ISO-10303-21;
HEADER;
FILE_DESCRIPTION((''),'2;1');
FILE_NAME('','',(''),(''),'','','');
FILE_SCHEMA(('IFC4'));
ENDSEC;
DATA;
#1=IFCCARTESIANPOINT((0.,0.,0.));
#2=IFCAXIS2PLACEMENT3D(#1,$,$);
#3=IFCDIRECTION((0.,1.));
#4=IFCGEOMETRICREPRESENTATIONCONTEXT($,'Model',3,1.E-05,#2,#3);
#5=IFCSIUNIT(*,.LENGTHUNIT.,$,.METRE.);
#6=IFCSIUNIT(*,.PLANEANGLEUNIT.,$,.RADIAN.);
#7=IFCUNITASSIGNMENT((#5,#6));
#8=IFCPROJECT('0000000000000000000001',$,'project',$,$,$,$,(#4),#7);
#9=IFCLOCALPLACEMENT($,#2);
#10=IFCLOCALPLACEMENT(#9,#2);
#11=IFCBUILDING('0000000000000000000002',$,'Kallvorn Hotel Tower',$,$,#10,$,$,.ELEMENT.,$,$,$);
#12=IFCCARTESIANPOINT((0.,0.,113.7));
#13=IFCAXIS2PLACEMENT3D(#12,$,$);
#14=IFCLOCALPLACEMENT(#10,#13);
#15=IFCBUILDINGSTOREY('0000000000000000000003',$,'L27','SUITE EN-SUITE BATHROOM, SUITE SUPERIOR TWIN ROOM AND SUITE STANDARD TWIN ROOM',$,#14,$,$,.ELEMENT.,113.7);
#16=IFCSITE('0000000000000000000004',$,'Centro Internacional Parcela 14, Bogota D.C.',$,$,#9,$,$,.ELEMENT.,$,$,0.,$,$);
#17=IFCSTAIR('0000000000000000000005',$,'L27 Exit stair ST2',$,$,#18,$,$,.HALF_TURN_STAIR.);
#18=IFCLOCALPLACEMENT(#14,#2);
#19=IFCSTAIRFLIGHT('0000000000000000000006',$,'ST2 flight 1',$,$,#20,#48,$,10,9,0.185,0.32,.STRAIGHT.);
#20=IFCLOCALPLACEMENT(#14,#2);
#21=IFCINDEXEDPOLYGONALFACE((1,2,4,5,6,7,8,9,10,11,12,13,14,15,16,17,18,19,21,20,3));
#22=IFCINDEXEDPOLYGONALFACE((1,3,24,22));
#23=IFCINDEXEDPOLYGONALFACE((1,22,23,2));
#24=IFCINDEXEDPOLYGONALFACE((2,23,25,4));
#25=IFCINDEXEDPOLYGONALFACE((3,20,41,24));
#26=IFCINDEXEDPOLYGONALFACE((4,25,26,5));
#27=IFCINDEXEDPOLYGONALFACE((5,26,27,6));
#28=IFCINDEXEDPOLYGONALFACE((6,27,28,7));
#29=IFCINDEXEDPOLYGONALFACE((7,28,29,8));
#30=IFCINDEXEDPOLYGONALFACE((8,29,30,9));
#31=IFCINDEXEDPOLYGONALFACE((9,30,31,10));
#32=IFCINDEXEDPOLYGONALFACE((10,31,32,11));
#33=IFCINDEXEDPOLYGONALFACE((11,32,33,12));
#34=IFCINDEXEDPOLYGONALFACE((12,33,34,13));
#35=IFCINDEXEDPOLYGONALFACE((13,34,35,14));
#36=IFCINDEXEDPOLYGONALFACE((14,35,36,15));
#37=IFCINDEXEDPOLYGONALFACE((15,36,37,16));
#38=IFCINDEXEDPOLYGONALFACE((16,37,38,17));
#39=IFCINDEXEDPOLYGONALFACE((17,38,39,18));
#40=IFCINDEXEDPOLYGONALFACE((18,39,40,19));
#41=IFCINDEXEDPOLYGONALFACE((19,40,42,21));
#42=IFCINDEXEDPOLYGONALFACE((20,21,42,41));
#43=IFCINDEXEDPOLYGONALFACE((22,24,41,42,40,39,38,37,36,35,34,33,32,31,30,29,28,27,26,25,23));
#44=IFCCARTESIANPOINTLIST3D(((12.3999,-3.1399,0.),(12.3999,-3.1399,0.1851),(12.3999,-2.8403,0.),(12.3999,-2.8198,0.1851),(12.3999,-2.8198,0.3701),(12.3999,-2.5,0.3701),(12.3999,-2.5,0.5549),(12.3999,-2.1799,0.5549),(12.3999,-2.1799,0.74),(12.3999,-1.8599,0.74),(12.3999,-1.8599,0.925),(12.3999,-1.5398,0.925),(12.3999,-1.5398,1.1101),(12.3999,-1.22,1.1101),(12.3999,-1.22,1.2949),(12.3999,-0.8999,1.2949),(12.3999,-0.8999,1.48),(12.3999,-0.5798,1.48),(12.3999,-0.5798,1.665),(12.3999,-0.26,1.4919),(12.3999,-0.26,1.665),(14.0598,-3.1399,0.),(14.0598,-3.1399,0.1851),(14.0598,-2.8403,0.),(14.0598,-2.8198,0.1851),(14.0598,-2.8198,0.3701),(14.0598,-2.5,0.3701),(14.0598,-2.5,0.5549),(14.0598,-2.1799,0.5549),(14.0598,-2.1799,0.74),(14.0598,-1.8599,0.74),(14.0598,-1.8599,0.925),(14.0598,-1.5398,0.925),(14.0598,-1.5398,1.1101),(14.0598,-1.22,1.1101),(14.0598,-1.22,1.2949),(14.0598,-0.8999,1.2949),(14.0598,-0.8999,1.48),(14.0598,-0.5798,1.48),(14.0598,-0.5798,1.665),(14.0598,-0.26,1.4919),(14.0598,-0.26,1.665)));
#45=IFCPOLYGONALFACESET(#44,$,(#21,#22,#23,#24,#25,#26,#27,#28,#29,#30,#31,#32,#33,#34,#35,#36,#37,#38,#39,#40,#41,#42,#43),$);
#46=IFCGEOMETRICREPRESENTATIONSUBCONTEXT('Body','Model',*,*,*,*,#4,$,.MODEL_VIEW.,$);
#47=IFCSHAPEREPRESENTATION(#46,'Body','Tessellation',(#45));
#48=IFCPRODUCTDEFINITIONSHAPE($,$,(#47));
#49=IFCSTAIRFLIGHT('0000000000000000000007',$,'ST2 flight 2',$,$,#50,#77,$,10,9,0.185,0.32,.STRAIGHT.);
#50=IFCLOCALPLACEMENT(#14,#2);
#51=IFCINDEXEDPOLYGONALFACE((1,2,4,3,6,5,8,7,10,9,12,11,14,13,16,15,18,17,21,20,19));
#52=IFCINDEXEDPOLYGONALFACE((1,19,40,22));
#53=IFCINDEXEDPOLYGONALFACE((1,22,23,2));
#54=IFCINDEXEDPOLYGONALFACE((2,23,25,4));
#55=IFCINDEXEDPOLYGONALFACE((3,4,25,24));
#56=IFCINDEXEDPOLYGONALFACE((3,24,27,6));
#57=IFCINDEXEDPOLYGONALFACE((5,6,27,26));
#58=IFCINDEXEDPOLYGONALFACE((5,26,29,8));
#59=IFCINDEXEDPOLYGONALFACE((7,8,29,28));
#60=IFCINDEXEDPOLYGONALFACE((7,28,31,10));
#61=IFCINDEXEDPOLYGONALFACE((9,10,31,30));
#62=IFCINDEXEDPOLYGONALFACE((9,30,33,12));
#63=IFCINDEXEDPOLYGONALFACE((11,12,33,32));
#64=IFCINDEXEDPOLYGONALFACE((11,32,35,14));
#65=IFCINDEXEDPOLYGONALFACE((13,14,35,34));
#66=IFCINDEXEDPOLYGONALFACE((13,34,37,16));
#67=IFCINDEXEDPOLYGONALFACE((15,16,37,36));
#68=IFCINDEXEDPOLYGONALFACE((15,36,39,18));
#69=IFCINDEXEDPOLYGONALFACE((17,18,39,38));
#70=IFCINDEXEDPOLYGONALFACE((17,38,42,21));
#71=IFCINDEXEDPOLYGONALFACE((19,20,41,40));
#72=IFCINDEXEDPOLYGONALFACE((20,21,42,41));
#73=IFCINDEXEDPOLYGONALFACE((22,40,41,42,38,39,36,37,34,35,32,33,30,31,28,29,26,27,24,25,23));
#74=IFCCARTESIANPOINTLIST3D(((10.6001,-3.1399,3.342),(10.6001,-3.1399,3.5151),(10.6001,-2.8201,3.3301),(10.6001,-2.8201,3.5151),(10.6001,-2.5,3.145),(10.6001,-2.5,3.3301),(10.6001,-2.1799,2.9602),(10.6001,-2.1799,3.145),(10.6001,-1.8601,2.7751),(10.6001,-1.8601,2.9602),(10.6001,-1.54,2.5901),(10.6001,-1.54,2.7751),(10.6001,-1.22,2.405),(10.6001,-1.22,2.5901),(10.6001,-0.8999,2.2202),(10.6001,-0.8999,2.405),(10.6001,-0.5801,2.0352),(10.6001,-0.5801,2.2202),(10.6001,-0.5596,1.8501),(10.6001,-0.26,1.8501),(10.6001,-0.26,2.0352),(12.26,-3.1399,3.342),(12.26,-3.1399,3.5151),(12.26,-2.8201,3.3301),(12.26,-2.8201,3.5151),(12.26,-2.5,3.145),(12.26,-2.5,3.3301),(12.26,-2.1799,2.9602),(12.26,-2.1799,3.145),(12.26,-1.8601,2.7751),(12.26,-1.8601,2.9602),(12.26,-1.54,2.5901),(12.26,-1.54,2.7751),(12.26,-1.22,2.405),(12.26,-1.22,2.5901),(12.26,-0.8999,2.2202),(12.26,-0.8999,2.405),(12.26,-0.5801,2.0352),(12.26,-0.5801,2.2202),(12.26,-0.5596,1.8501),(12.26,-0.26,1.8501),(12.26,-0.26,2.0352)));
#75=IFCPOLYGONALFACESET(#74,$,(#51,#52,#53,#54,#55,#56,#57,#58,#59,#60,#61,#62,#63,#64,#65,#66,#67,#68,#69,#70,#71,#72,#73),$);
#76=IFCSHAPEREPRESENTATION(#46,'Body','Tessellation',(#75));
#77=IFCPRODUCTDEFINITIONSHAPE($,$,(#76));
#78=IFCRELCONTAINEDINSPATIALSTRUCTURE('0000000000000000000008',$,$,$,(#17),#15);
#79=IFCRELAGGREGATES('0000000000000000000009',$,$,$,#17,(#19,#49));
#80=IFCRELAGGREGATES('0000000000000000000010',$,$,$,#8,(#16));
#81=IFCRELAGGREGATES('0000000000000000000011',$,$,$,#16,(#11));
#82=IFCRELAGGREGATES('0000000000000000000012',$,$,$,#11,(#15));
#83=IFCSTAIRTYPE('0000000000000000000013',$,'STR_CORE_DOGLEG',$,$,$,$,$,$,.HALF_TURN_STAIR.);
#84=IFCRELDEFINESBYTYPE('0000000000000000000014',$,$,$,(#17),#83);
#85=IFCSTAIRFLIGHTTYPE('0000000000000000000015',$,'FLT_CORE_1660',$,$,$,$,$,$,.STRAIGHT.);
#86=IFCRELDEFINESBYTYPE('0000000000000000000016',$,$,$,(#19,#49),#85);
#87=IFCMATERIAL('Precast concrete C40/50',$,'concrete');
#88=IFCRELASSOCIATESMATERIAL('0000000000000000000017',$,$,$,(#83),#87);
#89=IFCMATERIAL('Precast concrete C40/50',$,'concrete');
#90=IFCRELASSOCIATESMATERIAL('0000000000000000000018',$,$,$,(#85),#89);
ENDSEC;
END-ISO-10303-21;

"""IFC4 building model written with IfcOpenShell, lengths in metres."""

from ifc_helpers import new_model, si_unit, direction, frame, origin, place, context, subcontext, project, spatial, polyline, outline, extrude, material, type_object, element, aggregate, save


model = new_model("IFC4")

# Units and contexts
model_context = context("Model", 3, precision=1e-05, world=origin(), true_north=direction((0.0, 1.0)))
body_context = subcontext(model_context, "Body", "Model", "MODEL_VIEW")
ifc_project = project(units=[si_unit("LENGTHUNIT", "METRE"), si_unit("PLANEANGLEUNIT", "RADIAN")], contexts=[model_context])

# Site, building, storey
site_placement = place(None, origin())
site = spatial("IfcSite", under=ifc_project, at=site_placement, Name="Centro Internacional Parcela 14, Bogota D.C.", CompositionType="ELEMENT", RefElevation=0.0)
building_placement = place(site_placement, origin())
building = spatial("IfcBuilding", under=site, at=building_placement, Name="Kallvorn Hotel Tower", CompositionType="ELEMENT")
storey_placement = place(building_placement, frame((0.0, 0.0, 113.7)))
storey = spatial("IfcBuildingStorey", under=building, at=storey_placement, Name="L27", Description="SUITE EN-SUITE BATHROOM, SUITE SUPERIOR TWIN ROOM AND SUITE STANDARD TWIN ROOM", CompositionType="ELEMENT", Elevation=113.7)

# Stair, stair flights
ifc_material_1 = material(Name="Precast concrete C40/50", Category="concrete")
stair_type = type_object("IfcStairType", Name="STR_CORE_DOGLEG", PredefinedType="HALF_TURN_STAIR", material=ifc_material_1)
stair_placement = place(storey_placement, origin())
stair = element("IfcStair", 1, at=stair_placement, inside=storey, type_object=stair_type, Name="L27 Exit stair ST2", PredefinedType="HALF_TURN_STAIR")
ifc_material_2 = material(Name="Precast concrete C40/50", Category="concrete")
stair_flight_type = type_object("IfcStairFlightType", Name="FLT_CORE_1660", PredefinedType="STRAIGHT", material=ifc_material_2)
stair_flight_1_placement = place(storey_placement, frame((13.23, -3.1399, 0.0), z_axis=(0.0, 0.0, 1.0), x_axis=(0.0, 1.0, 0.0)))
stair_flight_1 = element("IfcStairFlight", 2, at=stair_flight_1_placement, type_object=stair_flight_type, Name="ST2 flight 1", NumberOfRisers=10, NumberOfTreads=9, PredefinedType="STRAIGHT", RiserHeight=0.185, TreadLength=0.32, context=body_context, shape_type="SweptSolid", body=[
    extrude(outline(polyline([(0.0, 0.0), (0.0, 0.1851), (0.3201, 0.1851), (0.3201, 0.3701), (0.6399, 0.3701), (0.6399, 0.5549), (0.96, 0.5549), (0.96, 0.74), (1.28, 0.74), (1.28, 0.925), (1.6001, 0.925), (1.6001, 1.1101), (1.9199, 1.1101), (1.9199, 1.2949), (2.24, 1.2949), (2.24, 1.48), (2.5601, 1.48), (2.5601, 1.665), (2.8799, 1.665), (2.8799, 1.8501), (2.8799, 1.4919), (0.2996, 0.0), (0.0, 0.0)])), frame((0.0, 0.8301, 0.0), z_axis=(0.0, -1.0, 0.0), x_axis=(1.0, 0.0, 0.0)), (0.0, 0.0, 1.0), 1.6599),
])
stair_flight_2_placement = place(storey_placement, frame((11.4299, -0.26, 1.8501), z_axis=(0.0, 0.0, 1.0), x_axis=(0.0, -1.0, 0.0)))
stair_flight_2 = element("IfcStairFlight", 3, at=stair_flight_2_placement, type_object=stair_flight_type, Name="ST2 flight 2", NumberOfRisers=10, NumberOfTreads=9, PredefinedType="STRAIGHT", RiserHeight=0.185, TreadLength=0.32, context=body_context, shape_type="SweptSolid", body=[
    extrude(outline(polyline([(0.0, 0.0), (0.0, 0.1851), (0.3201, 0.1851), (0.3201, 0.3701), (0.6399, 0.3701), (0.6399, 0.5549), (0.96, 0.5549), (0.96, 0.74), (1.28, 0.74), (1.28, 0.925), (1.6001, 0.925), (1.6001, 1.1101), (1.9199, 1.1101), (1.9199, 1.2949), (2.24, 1.2949), (2.24, 1.48), (2.5601, 1.48), (2.5601, 1.665), (2.8799, 1.665), (2.8799, 1.8501), (2.8799, 1.4919), (0.2996, 0.0), (0.0, 0.0)])), frame((0.0, 0.8301, 0.0), z_axis=(0.0, -1.0, 0.0), x_axis=(1.0, 0.0, 0.0)), (0.0, 0.0, 1.0), 1.6599),
])
aggregate(stair, [stair_flight_1, stair_flight_2])

save(model, "model.ifc")
